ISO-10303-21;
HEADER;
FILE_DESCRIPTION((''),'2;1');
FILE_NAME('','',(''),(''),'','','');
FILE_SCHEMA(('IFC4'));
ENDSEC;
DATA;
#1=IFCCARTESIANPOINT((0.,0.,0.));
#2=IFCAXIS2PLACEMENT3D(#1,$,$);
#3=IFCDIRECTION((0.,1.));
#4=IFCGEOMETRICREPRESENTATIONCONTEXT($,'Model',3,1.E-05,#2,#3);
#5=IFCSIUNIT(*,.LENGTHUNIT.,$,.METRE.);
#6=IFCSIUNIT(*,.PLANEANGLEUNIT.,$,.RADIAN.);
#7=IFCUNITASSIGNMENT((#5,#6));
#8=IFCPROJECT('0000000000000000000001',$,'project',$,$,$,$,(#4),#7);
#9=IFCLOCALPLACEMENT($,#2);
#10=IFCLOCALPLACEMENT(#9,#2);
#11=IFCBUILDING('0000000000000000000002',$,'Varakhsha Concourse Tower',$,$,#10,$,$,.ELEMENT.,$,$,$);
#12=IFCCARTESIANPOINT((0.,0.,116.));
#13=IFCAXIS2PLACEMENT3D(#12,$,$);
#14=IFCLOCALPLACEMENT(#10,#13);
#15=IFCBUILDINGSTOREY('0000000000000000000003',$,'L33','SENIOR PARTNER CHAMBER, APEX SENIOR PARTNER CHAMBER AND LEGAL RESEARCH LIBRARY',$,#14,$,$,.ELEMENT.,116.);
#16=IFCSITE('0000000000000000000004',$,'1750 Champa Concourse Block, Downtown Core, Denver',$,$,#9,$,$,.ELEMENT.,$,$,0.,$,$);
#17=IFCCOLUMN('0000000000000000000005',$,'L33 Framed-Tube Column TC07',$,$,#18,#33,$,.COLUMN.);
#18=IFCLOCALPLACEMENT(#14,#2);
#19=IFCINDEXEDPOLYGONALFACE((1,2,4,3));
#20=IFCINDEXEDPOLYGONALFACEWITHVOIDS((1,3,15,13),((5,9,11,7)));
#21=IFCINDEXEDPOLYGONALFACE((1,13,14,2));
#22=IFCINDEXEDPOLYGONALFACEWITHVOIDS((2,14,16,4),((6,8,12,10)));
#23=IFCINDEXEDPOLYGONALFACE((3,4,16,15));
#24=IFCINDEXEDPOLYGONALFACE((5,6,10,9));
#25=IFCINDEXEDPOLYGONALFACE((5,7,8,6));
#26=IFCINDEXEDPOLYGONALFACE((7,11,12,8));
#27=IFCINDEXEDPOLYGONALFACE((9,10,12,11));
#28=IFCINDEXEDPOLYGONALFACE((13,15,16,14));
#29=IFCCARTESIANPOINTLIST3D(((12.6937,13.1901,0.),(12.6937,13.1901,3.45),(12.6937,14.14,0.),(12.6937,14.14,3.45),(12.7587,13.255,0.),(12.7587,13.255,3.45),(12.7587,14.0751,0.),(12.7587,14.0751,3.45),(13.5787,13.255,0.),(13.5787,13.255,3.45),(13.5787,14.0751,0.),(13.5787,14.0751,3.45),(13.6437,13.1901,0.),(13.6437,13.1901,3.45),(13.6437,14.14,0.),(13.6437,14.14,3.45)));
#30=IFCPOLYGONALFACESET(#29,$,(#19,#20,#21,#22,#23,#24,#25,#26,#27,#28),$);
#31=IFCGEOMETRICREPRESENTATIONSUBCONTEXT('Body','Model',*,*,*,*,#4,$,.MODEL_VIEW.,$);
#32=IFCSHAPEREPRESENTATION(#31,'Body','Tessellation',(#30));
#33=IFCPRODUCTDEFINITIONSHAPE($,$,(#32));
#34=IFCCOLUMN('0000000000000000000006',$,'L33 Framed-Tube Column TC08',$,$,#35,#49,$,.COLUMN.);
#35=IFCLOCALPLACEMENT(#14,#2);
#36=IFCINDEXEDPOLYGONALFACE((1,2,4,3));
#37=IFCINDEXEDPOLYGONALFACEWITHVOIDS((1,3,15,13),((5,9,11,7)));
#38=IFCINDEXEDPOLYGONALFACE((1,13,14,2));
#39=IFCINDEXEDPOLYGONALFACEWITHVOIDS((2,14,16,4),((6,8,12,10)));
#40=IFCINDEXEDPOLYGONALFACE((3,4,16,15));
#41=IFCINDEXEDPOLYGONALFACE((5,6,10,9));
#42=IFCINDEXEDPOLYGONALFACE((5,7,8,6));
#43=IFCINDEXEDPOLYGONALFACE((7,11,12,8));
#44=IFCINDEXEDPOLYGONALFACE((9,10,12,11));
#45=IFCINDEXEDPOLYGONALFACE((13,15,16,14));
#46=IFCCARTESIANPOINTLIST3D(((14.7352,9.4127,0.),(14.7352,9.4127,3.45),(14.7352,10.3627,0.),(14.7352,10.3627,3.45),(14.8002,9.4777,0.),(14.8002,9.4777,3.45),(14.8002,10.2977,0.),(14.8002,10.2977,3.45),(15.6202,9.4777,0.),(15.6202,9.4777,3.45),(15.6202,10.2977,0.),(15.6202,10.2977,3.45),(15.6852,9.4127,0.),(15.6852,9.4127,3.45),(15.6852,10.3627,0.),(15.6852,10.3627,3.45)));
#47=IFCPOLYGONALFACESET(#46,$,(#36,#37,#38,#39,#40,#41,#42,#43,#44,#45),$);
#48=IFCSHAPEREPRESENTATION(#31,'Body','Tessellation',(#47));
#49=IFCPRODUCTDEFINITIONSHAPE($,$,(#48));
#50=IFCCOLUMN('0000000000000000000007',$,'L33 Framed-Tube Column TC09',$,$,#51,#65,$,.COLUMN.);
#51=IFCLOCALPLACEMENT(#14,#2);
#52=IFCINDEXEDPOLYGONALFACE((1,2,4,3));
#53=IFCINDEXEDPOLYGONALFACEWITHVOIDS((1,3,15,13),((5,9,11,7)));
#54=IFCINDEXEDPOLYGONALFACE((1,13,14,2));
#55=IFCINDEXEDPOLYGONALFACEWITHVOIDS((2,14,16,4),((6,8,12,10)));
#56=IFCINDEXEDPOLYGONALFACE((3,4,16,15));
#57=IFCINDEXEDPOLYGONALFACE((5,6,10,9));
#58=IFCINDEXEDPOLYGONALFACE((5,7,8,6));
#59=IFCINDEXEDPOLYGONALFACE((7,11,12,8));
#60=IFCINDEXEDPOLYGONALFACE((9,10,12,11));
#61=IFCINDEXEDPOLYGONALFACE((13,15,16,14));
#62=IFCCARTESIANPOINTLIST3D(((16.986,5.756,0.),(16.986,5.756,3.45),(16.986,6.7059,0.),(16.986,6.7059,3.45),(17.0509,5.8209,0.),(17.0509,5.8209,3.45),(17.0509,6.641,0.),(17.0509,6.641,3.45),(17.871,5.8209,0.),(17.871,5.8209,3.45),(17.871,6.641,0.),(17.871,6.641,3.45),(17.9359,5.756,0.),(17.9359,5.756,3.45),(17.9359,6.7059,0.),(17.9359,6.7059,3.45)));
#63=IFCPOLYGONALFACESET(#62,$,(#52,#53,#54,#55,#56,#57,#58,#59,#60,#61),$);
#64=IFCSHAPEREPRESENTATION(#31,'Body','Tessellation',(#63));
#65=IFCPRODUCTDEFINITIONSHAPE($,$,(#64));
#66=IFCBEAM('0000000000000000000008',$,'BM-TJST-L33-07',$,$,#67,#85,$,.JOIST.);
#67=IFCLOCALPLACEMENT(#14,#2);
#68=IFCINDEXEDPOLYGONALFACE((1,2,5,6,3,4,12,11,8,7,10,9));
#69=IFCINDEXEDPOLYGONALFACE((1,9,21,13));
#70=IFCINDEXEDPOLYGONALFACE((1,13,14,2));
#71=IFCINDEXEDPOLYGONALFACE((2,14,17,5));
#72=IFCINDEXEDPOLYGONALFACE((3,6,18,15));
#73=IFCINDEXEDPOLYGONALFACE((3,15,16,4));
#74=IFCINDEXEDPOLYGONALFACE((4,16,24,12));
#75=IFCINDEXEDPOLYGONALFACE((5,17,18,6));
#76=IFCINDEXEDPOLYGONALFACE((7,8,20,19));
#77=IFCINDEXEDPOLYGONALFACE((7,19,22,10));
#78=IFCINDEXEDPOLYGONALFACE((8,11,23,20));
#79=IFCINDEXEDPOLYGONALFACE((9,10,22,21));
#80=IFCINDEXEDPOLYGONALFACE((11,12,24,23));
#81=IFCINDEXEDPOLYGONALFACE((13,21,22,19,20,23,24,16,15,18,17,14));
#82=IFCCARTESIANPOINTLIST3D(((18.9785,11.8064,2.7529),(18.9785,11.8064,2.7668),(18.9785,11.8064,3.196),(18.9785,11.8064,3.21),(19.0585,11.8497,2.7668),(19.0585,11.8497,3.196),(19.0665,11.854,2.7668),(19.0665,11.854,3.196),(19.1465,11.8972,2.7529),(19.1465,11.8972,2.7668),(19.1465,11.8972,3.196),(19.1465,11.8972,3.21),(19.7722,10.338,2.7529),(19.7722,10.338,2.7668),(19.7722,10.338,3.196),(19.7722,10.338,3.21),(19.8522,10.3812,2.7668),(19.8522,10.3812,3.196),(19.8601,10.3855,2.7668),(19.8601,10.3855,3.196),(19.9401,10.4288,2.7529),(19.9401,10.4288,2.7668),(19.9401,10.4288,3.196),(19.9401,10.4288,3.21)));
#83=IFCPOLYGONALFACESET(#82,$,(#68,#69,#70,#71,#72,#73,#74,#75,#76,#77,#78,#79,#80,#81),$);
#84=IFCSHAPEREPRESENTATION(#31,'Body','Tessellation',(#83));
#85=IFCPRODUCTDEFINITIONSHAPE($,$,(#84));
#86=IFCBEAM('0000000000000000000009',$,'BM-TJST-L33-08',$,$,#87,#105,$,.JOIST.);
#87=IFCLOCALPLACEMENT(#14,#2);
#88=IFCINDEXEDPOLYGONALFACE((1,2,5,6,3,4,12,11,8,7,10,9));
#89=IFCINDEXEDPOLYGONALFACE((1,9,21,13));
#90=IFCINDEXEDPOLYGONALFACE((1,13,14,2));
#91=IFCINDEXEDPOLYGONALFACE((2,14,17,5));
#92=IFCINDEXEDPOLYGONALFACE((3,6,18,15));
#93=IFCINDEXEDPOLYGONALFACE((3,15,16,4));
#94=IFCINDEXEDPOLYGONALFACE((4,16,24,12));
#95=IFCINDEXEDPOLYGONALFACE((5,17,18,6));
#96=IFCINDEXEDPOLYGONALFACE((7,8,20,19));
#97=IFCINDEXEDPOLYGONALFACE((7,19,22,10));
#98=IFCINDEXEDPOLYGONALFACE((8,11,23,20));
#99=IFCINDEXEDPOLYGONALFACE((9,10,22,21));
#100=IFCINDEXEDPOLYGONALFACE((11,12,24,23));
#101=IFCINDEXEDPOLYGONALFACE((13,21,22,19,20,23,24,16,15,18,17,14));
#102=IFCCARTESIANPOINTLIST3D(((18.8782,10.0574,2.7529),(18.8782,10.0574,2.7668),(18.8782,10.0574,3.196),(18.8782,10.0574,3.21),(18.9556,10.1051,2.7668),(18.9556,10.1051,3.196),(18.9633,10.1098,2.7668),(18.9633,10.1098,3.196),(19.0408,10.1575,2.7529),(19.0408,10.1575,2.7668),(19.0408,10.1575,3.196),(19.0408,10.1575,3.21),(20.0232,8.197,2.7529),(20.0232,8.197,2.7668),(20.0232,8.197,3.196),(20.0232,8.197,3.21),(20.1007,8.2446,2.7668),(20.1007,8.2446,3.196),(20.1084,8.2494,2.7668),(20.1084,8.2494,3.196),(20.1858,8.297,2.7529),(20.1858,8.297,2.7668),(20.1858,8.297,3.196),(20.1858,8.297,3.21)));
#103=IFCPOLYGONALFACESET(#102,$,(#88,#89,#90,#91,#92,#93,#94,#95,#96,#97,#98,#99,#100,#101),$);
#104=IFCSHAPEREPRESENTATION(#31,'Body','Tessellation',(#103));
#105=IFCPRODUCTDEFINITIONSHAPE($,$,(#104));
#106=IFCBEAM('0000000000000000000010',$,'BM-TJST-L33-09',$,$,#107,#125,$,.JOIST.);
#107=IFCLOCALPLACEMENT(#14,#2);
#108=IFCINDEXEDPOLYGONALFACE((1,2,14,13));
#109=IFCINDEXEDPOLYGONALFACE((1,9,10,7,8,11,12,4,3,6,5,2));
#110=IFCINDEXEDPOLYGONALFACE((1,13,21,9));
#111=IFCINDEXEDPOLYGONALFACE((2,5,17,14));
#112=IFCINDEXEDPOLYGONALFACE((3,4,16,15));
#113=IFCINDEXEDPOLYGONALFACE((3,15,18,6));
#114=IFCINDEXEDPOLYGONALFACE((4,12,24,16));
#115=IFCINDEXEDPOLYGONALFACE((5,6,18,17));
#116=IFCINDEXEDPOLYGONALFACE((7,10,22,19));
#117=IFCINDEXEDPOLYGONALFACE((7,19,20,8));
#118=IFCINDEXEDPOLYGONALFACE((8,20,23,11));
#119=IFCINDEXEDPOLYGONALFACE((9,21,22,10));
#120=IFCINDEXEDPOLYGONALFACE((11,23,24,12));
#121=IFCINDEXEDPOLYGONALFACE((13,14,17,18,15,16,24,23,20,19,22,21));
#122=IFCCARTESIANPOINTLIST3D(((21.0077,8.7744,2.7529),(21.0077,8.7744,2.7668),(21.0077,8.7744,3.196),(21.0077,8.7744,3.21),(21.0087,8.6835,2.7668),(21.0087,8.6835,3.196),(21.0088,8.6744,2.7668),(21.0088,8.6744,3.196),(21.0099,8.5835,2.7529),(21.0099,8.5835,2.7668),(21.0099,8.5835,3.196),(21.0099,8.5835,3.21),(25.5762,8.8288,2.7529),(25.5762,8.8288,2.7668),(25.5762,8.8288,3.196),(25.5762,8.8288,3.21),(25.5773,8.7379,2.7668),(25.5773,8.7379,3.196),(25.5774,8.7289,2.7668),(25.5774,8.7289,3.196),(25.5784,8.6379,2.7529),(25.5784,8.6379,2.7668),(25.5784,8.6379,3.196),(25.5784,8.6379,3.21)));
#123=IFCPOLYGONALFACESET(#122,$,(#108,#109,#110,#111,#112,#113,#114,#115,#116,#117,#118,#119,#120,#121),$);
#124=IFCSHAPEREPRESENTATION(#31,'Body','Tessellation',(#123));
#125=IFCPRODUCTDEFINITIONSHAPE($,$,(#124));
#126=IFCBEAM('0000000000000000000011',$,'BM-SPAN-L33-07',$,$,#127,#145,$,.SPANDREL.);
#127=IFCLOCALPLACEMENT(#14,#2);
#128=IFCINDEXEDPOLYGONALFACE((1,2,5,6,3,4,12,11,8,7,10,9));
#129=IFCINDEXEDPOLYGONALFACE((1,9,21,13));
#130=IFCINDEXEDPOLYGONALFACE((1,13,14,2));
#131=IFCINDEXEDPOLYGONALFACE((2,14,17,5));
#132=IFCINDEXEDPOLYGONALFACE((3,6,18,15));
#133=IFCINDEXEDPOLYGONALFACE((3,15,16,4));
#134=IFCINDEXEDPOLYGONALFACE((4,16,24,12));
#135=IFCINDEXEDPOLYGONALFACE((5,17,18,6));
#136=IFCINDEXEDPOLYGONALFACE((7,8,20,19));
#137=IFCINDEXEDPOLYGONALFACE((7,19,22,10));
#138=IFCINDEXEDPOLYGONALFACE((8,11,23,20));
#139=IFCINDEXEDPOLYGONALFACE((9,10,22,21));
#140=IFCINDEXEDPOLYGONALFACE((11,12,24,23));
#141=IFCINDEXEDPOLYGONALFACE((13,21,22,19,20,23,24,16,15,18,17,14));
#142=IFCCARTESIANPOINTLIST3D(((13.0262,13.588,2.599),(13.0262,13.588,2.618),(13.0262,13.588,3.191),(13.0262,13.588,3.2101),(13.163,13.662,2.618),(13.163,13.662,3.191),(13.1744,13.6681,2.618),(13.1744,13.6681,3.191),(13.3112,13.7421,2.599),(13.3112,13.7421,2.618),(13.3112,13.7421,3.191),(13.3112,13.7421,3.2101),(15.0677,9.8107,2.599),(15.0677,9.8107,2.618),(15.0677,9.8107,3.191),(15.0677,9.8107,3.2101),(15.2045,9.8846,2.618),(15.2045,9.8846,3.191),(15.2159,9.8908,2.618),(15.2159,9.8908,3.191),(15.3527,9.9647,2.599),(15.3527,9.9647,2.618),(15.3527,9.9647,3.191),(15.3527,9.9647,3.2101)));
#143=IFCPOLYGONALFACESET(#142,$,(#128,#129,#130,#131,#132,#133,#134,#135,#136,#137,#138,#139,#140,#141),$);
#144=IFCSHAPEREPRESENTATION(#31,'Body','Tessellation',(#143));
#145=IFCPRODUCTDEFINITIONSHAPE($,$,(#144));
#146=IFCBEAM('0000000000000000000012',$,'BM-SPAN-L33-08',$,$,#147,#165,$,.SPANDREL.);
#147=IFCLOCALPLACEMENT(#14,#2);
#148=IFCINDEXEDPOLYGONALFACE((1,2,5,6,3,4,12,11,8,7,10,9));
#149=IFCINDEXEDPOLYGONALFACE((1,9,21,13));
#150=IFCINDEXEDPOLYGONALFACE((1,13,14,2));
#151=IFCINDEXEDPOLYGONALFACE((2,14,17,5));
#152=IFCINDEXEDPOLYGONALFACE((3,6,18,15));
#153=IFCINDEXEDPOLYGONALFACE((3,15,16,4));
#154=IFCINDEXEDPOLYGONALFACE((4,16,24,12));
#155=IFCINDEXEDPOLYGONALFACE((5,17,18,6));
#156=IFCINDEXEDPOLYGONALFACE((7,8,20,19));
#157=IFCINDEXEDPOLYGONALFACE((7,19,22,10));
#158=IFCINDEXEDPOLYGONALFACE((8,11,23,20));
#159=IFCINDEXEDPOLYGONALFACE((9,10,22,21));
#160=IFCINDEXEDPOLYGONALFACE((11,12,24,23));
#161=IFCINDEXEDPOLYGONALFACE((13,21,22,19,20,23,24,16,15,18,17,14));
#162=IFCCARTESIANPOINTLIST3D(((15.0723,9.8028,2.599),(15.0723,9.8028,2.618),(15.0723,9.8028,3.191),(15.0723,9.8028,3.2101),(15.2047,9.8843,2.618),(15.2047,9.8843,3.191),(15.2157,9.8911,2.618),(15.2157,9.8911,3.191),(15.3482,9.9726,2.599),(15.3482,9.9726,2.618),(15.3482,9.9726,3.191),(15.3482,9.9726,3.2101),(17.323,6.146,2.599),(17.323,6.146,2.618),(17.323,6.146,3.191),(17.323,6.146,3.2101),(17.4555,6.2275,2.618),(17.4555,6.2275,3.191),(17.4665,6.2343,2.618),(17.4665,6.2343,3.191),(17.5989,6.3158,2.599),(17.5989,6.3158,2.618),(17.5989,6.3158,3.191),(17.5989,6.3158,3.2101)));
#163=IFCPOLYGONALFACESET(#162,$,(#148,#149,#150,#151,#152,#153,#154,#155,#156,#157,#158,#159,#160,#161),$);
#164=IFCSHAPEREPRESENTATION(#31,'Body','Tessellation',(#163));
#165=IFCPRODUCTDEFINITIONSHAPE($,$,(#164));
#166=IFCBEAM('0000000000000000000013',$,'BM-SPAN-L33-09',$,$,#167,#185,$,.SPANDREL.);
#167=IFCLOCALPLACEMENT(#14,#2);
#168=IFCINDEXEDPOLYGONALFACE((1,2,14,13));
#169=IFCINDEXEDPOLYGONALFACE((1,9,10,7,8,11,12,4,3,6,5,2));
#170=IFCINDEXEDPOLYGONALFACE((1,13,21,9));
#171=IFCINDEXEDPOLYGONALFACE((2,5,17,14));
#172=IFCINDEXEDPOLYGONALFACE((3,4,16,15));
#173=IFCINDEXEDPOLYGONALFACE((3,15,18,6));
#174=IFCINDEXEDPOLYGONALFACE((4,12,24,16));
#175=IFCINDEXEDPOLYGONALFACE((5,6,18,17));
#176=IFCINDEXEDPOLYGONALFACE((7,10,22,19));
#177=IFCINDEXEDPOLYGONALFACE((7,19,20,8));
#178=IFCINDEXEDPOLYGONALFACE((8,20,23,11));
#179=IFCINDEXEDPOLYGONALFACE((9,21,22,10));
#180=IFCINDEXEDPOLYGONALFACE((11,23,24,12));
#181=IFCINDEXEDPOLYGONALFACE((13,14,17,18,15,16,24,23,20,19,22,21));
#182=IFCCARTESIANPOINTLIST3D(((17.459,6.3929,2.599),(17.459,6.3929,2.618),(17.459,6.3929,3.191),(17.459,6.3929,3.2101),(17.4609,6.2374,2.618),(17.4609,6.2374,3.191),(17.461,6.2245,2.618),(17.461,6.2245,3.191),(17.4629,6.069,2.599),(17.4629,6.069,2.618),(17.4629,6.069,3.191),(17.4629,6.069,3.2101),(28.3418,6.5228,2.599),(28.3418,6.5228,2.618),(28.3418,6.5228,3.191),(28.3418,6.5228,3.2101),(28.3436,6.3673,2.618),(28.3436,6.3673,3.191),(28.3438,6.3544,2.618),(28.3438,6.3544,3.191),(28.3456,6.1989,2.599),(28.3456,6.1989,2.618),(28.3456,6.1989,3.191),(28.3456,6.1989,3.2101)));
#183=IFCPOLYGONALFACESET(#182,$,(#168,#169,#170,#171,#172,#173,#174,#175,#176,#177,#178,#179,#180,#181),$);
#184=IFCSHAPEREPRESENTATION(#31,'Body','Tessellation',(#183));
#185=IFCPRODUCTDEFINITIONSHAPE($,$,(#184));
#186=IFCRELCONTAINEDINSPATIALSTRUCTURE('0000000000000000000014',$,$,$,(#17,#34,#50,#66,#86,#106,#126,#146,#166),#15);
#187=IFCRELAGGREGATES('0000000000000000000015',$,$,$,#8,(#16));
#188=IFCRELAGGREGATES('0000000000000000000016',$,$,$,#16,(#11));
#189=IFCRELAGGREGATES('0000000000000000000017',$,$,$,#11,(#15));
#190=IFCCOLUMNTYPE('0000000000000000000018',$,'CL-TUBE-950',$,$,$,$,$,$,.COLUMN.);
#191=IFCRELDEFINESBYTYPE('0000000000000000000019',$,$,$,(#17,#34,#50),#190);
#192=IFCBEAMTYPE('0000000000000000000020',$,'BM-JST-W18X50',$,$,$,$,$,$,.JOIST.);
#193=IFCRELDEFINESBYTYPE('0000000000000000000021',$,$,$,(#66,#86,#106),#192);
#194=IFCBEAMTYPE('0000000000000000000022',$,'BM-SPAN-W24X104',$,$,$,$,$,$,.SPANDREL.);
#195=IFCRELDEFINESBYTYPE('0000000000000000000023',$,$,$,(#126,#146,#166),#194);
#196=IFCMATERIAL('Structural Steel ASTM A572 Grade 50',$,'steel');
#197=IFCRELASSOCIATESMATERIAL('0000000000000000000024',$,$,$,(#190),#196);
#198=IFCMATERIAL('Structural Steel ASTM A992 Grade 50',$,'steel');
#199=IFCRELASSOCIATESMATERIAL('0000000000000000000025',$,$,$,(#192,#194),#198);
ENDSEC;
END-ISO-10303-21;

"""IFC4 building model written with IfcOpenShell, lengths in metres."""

from ifc_helpers import new_model, si_unit, direction, frame, origin, origin_2d, place, context, subcontext, project, spatial, hollow_rectangle, i_section, extrude, material, material_profile, profile_set, type_object, element, save


model = new_model("IFC4")

# Units and contexts
model_context = context("Model", 3, precision=1e-05, world=origin(), true_north=direction((0.0, 1.0)))
body_context = subcontext(model_context, "Body", "Model", "MODEL_VIEW")
ifc_project = project(units=[si_unit("LENGTHUNIT", "METRE"), si_unit("PLANEANGLEUNIT", "RADIAN")], contexts=[model_context])

# Site, building, storey
site_placement = place(None, origin())
site = spatial("IfcSite", under=ifc_project, at=site_placement, Name="1750 Champa Concourse Block, Downtown Core, Denver", CompositionType="ELEMENT", RefElevation=0.0)
building_placement = place(site_placement, origin())
building = spatial("IfcBuilding", under=site, at=building_placement, Name="Varakhsha Concourse Tower", CompositionType="ELEMENT")
storey_placement = place(building_placement, frame((0.0, 0.0, 116.0)))
storey = spatial("IfcBuildingStorey", under=building, at=storey_placement, Name="L33", Description="SENIOR PARTNER CHAMBER, APEX SENIOR PARTNER CHAMBER AND LEGAL RESEARCH LIBRARY", CompositionType="ELEMENT", Elevation=116.0)

# Columns
ifc_material_1 = material(Name="Structural Steel ASTM A572 Grade 50", Category="steel")
ifc_material_profile_1 = material_profile(ifc_material_1, hollow_rectangle(XDim=0.95, YDim=0.95, WallThickness=0.0649, at=origin_2d()), Name="BOX 950x950x65")
ifc_profile_set_1 = profile_set([ifc_material_profile_1], Name="Structural Steel ASTM A572 Grade 50")
column_type = type_object("IfcColumnType", Name="CL-TUBE-950", PredefinedType="COLUMN", material=ifc_profile_set_1)
for number, where, z_axis, x_axis, name in (
    (1, (13.1687, 13.665, 0.0), (0.0, 0.0, 1.0), (1.0, 0.0, 0.0), "L33 Framed-Tube Column TC07"),
    (2, (15.2102, 9.8877, 0.0), (0.0, 0.0, 1.0), (1.0, 0.0, 0.0), "L33 Framed-Tube Column TC08"),
    (3, (17.4609, 6.231, 0.0), (0.0, 0.0, 1.0), (1.0, 0.0, 0.0), "L33 Framed-Tube Column TC09"),
):
    element("IfcColumn", number, at=place(storey_placement, frame(where, z_axis=z_axis, x_axis=x_axis)), inside=storey, type_object=column_type, Name=name, PredefinedType="COLUMN", context=body_context, shape_type="SweptSolid", body=[
        extrude(hollow_rectangle(XDim=0.95, YDim=0.95, WallThickness=0.0649, at=origin_2d()), origin(), (0.0, 0.0, 1.0), 3.45),
    ])

# Beams
ifc_material_2 = material(Name="Structural Steel ASTM A992 Grade 50", Category="steel")
ifc_material_profile_2 = material_profile(ifc_material_2, i_section(OverallWidth=0.1909, OverallDepth=0.457, WebThickness=0.009, FlangeThickness=0.0139, at=origin_2d()), Name="W18X50")
ifc_profile_set_2 = profile_set([ifc_material_profile_2], Name="Structural Steel ASTM A992 Grade 50")
beam_type_1 = type_object("IfcBeamType", Name="BM-JST-W18X50", PredefinedType="JOIST", material=ifc_profile_set_2)
beam_1_placement = place(storey_placement, frame((19.0625, 11.8518, 2.9814), z_axis=(0.475477, -0.879728, 0.0), x_axis=(0.879728, 0.475477, 0.0)))
element("IfcBeam", 4, at=beam_1_placement, inside=storey, type_object=beam_type_1, Name="BM-TJST-L33-07", PredefinedType="JOIST", context=body_context, shape_type="SweptSolid", body=[
    extrude(i_section(OverallWidth=0.1909, OverallDepth=0.457, WebThickness=0.009, FlangeThickness=0.0139, at=origin_2d()), origin(), (0.0, 0.0, 1.0), 1.6692),
])
beam_2_placement = place(storey_placement, frame((18.9595, 10.1074, 2.9814), z_axis=(0.52416, -0.85162, 0.0), x_axis=(0.85162, 0.52416, 0.0)))
element("IfcBeam", 5, at=beam_2_placement, inside=storey, type_object=beam_type_1, Name="BM-TJST-L33-08", PredefinedType="JOIST", context=body_context, shape_type="SweptSolid", body=[
    extrude(i_section(OverallWidth=0.1909, OverallDepth=0.457, WebThickness=0.009, FlangeThickness=0.0139, at=origin_2d()), origin(), (0.0, 0.0, 1.0), 2.1846),
])
beam_3_placement = place(storey_placement, frame((21.0088, 8.679, 2.9814), z_axis=(0.999929, 0.011916, 0.0), x_axis=(-0.011916, 0.999929, 0.0)))
element("IfcBeam", 6, at=beam_3_placement, inside=storey, type_object=beam_type_1, Name="BM-TJST-L33-09", PredefinedType="JOIST", context=body_context, shape_type="SweptSolid", body=[
    extrude(i_section(OverallWidth=0.1909, OverallDepth=0.457, WebThickness=0.009, FlangeThickness=0.0139, at=origin_2d()), origin(), (0.0, 0.0, 1.0), 4.5688),
])
ifc_material_profile_3 = material_profile(ifc_material_2, i_section(OverallWidth=0.324, OverallDepth=0.6111, WebThickness=0.0129, FlangeThickness=0.019, at=origin_2d()), Name="W24X104")
ifc_profile_set_3 = profile_set([ifc_material_profile_3], Name="Structural Steel ASTM A992 Grade 50")
beam_type_2 = type_object("IfcBeamType", Name="BM-SPAN-W24X104", PredefinedType="SPANDREL", material=ifc_profile_set_3)
beam_4_placement = place(storey_placement, frame((13.1687, 13.665, 2.9045), z_axis=(0.475462, -0.879736, 0.0), x_axis=(0.879736, 0.475462, 0.0)))
element("IfcBeam", 7, at=beam_4_placement, inside=storey, type_object=beam_type_2, Name="BM-SPAN-L33-07", PredefinedType="SPANDREL", context=body_context, shape_type="SweptSolid", body=[
    extrude(i_section(OverallWidth=0.324, OverallDepth=0.6111, WebThickness=0.0129, FlangeThickness=0.019, at=origin_2d()), origin(), (0.0, 0.0, 1.0), 4.2937),
])
beam_5_placement = place(storey_placement, frame((15.2102, 9.8877, 2.9045), z_axis=(0.52417, -0.851613, 0.0), x_axis=(0.851613, 0.52417, 0.0)))
element("IfcBeam", 8, at=beam_5_placement, inside=storey, type_object=beam_type_2, Name="BM-SPAN-L33-08", PredefinedType="SPANDREL", context=body_context, shape_type="SweptSolid", body=[
    extrude(i_section(OverallWidth=0.324, OverallDepth=0.6111, WebThickness=0.0129, FlangeThickness=0.019, at=origin_2d()), origin(), (0.0, 0.0, 1.0), 4.2939),
])
beam_6_placement = place(storey_placement, frame((17.4609, 6.231, 2.9045), z_axis=(0.999929, 0.011934, 0.0), x_axis=(-0.011934, 0.999929, 0.0)))
element("IfcBeam", 9, at=beam_6_placement, inside=storey, type_object=beam_type_2, Name="BM-SPAN-L33-09", PredefinedType="SPANDREL", context=body_context, shape_type="SweptSolid", body=[
    extrude(i_section(OverallWidth=0.324, OverallDepth=0.6111, WebThickness=0.0129, FlangeThickness=0.019, at=origin_2d()), origin(), (0.0, 0.0, 1.0), 10.8835),
])

save(model, "model.ifc")
